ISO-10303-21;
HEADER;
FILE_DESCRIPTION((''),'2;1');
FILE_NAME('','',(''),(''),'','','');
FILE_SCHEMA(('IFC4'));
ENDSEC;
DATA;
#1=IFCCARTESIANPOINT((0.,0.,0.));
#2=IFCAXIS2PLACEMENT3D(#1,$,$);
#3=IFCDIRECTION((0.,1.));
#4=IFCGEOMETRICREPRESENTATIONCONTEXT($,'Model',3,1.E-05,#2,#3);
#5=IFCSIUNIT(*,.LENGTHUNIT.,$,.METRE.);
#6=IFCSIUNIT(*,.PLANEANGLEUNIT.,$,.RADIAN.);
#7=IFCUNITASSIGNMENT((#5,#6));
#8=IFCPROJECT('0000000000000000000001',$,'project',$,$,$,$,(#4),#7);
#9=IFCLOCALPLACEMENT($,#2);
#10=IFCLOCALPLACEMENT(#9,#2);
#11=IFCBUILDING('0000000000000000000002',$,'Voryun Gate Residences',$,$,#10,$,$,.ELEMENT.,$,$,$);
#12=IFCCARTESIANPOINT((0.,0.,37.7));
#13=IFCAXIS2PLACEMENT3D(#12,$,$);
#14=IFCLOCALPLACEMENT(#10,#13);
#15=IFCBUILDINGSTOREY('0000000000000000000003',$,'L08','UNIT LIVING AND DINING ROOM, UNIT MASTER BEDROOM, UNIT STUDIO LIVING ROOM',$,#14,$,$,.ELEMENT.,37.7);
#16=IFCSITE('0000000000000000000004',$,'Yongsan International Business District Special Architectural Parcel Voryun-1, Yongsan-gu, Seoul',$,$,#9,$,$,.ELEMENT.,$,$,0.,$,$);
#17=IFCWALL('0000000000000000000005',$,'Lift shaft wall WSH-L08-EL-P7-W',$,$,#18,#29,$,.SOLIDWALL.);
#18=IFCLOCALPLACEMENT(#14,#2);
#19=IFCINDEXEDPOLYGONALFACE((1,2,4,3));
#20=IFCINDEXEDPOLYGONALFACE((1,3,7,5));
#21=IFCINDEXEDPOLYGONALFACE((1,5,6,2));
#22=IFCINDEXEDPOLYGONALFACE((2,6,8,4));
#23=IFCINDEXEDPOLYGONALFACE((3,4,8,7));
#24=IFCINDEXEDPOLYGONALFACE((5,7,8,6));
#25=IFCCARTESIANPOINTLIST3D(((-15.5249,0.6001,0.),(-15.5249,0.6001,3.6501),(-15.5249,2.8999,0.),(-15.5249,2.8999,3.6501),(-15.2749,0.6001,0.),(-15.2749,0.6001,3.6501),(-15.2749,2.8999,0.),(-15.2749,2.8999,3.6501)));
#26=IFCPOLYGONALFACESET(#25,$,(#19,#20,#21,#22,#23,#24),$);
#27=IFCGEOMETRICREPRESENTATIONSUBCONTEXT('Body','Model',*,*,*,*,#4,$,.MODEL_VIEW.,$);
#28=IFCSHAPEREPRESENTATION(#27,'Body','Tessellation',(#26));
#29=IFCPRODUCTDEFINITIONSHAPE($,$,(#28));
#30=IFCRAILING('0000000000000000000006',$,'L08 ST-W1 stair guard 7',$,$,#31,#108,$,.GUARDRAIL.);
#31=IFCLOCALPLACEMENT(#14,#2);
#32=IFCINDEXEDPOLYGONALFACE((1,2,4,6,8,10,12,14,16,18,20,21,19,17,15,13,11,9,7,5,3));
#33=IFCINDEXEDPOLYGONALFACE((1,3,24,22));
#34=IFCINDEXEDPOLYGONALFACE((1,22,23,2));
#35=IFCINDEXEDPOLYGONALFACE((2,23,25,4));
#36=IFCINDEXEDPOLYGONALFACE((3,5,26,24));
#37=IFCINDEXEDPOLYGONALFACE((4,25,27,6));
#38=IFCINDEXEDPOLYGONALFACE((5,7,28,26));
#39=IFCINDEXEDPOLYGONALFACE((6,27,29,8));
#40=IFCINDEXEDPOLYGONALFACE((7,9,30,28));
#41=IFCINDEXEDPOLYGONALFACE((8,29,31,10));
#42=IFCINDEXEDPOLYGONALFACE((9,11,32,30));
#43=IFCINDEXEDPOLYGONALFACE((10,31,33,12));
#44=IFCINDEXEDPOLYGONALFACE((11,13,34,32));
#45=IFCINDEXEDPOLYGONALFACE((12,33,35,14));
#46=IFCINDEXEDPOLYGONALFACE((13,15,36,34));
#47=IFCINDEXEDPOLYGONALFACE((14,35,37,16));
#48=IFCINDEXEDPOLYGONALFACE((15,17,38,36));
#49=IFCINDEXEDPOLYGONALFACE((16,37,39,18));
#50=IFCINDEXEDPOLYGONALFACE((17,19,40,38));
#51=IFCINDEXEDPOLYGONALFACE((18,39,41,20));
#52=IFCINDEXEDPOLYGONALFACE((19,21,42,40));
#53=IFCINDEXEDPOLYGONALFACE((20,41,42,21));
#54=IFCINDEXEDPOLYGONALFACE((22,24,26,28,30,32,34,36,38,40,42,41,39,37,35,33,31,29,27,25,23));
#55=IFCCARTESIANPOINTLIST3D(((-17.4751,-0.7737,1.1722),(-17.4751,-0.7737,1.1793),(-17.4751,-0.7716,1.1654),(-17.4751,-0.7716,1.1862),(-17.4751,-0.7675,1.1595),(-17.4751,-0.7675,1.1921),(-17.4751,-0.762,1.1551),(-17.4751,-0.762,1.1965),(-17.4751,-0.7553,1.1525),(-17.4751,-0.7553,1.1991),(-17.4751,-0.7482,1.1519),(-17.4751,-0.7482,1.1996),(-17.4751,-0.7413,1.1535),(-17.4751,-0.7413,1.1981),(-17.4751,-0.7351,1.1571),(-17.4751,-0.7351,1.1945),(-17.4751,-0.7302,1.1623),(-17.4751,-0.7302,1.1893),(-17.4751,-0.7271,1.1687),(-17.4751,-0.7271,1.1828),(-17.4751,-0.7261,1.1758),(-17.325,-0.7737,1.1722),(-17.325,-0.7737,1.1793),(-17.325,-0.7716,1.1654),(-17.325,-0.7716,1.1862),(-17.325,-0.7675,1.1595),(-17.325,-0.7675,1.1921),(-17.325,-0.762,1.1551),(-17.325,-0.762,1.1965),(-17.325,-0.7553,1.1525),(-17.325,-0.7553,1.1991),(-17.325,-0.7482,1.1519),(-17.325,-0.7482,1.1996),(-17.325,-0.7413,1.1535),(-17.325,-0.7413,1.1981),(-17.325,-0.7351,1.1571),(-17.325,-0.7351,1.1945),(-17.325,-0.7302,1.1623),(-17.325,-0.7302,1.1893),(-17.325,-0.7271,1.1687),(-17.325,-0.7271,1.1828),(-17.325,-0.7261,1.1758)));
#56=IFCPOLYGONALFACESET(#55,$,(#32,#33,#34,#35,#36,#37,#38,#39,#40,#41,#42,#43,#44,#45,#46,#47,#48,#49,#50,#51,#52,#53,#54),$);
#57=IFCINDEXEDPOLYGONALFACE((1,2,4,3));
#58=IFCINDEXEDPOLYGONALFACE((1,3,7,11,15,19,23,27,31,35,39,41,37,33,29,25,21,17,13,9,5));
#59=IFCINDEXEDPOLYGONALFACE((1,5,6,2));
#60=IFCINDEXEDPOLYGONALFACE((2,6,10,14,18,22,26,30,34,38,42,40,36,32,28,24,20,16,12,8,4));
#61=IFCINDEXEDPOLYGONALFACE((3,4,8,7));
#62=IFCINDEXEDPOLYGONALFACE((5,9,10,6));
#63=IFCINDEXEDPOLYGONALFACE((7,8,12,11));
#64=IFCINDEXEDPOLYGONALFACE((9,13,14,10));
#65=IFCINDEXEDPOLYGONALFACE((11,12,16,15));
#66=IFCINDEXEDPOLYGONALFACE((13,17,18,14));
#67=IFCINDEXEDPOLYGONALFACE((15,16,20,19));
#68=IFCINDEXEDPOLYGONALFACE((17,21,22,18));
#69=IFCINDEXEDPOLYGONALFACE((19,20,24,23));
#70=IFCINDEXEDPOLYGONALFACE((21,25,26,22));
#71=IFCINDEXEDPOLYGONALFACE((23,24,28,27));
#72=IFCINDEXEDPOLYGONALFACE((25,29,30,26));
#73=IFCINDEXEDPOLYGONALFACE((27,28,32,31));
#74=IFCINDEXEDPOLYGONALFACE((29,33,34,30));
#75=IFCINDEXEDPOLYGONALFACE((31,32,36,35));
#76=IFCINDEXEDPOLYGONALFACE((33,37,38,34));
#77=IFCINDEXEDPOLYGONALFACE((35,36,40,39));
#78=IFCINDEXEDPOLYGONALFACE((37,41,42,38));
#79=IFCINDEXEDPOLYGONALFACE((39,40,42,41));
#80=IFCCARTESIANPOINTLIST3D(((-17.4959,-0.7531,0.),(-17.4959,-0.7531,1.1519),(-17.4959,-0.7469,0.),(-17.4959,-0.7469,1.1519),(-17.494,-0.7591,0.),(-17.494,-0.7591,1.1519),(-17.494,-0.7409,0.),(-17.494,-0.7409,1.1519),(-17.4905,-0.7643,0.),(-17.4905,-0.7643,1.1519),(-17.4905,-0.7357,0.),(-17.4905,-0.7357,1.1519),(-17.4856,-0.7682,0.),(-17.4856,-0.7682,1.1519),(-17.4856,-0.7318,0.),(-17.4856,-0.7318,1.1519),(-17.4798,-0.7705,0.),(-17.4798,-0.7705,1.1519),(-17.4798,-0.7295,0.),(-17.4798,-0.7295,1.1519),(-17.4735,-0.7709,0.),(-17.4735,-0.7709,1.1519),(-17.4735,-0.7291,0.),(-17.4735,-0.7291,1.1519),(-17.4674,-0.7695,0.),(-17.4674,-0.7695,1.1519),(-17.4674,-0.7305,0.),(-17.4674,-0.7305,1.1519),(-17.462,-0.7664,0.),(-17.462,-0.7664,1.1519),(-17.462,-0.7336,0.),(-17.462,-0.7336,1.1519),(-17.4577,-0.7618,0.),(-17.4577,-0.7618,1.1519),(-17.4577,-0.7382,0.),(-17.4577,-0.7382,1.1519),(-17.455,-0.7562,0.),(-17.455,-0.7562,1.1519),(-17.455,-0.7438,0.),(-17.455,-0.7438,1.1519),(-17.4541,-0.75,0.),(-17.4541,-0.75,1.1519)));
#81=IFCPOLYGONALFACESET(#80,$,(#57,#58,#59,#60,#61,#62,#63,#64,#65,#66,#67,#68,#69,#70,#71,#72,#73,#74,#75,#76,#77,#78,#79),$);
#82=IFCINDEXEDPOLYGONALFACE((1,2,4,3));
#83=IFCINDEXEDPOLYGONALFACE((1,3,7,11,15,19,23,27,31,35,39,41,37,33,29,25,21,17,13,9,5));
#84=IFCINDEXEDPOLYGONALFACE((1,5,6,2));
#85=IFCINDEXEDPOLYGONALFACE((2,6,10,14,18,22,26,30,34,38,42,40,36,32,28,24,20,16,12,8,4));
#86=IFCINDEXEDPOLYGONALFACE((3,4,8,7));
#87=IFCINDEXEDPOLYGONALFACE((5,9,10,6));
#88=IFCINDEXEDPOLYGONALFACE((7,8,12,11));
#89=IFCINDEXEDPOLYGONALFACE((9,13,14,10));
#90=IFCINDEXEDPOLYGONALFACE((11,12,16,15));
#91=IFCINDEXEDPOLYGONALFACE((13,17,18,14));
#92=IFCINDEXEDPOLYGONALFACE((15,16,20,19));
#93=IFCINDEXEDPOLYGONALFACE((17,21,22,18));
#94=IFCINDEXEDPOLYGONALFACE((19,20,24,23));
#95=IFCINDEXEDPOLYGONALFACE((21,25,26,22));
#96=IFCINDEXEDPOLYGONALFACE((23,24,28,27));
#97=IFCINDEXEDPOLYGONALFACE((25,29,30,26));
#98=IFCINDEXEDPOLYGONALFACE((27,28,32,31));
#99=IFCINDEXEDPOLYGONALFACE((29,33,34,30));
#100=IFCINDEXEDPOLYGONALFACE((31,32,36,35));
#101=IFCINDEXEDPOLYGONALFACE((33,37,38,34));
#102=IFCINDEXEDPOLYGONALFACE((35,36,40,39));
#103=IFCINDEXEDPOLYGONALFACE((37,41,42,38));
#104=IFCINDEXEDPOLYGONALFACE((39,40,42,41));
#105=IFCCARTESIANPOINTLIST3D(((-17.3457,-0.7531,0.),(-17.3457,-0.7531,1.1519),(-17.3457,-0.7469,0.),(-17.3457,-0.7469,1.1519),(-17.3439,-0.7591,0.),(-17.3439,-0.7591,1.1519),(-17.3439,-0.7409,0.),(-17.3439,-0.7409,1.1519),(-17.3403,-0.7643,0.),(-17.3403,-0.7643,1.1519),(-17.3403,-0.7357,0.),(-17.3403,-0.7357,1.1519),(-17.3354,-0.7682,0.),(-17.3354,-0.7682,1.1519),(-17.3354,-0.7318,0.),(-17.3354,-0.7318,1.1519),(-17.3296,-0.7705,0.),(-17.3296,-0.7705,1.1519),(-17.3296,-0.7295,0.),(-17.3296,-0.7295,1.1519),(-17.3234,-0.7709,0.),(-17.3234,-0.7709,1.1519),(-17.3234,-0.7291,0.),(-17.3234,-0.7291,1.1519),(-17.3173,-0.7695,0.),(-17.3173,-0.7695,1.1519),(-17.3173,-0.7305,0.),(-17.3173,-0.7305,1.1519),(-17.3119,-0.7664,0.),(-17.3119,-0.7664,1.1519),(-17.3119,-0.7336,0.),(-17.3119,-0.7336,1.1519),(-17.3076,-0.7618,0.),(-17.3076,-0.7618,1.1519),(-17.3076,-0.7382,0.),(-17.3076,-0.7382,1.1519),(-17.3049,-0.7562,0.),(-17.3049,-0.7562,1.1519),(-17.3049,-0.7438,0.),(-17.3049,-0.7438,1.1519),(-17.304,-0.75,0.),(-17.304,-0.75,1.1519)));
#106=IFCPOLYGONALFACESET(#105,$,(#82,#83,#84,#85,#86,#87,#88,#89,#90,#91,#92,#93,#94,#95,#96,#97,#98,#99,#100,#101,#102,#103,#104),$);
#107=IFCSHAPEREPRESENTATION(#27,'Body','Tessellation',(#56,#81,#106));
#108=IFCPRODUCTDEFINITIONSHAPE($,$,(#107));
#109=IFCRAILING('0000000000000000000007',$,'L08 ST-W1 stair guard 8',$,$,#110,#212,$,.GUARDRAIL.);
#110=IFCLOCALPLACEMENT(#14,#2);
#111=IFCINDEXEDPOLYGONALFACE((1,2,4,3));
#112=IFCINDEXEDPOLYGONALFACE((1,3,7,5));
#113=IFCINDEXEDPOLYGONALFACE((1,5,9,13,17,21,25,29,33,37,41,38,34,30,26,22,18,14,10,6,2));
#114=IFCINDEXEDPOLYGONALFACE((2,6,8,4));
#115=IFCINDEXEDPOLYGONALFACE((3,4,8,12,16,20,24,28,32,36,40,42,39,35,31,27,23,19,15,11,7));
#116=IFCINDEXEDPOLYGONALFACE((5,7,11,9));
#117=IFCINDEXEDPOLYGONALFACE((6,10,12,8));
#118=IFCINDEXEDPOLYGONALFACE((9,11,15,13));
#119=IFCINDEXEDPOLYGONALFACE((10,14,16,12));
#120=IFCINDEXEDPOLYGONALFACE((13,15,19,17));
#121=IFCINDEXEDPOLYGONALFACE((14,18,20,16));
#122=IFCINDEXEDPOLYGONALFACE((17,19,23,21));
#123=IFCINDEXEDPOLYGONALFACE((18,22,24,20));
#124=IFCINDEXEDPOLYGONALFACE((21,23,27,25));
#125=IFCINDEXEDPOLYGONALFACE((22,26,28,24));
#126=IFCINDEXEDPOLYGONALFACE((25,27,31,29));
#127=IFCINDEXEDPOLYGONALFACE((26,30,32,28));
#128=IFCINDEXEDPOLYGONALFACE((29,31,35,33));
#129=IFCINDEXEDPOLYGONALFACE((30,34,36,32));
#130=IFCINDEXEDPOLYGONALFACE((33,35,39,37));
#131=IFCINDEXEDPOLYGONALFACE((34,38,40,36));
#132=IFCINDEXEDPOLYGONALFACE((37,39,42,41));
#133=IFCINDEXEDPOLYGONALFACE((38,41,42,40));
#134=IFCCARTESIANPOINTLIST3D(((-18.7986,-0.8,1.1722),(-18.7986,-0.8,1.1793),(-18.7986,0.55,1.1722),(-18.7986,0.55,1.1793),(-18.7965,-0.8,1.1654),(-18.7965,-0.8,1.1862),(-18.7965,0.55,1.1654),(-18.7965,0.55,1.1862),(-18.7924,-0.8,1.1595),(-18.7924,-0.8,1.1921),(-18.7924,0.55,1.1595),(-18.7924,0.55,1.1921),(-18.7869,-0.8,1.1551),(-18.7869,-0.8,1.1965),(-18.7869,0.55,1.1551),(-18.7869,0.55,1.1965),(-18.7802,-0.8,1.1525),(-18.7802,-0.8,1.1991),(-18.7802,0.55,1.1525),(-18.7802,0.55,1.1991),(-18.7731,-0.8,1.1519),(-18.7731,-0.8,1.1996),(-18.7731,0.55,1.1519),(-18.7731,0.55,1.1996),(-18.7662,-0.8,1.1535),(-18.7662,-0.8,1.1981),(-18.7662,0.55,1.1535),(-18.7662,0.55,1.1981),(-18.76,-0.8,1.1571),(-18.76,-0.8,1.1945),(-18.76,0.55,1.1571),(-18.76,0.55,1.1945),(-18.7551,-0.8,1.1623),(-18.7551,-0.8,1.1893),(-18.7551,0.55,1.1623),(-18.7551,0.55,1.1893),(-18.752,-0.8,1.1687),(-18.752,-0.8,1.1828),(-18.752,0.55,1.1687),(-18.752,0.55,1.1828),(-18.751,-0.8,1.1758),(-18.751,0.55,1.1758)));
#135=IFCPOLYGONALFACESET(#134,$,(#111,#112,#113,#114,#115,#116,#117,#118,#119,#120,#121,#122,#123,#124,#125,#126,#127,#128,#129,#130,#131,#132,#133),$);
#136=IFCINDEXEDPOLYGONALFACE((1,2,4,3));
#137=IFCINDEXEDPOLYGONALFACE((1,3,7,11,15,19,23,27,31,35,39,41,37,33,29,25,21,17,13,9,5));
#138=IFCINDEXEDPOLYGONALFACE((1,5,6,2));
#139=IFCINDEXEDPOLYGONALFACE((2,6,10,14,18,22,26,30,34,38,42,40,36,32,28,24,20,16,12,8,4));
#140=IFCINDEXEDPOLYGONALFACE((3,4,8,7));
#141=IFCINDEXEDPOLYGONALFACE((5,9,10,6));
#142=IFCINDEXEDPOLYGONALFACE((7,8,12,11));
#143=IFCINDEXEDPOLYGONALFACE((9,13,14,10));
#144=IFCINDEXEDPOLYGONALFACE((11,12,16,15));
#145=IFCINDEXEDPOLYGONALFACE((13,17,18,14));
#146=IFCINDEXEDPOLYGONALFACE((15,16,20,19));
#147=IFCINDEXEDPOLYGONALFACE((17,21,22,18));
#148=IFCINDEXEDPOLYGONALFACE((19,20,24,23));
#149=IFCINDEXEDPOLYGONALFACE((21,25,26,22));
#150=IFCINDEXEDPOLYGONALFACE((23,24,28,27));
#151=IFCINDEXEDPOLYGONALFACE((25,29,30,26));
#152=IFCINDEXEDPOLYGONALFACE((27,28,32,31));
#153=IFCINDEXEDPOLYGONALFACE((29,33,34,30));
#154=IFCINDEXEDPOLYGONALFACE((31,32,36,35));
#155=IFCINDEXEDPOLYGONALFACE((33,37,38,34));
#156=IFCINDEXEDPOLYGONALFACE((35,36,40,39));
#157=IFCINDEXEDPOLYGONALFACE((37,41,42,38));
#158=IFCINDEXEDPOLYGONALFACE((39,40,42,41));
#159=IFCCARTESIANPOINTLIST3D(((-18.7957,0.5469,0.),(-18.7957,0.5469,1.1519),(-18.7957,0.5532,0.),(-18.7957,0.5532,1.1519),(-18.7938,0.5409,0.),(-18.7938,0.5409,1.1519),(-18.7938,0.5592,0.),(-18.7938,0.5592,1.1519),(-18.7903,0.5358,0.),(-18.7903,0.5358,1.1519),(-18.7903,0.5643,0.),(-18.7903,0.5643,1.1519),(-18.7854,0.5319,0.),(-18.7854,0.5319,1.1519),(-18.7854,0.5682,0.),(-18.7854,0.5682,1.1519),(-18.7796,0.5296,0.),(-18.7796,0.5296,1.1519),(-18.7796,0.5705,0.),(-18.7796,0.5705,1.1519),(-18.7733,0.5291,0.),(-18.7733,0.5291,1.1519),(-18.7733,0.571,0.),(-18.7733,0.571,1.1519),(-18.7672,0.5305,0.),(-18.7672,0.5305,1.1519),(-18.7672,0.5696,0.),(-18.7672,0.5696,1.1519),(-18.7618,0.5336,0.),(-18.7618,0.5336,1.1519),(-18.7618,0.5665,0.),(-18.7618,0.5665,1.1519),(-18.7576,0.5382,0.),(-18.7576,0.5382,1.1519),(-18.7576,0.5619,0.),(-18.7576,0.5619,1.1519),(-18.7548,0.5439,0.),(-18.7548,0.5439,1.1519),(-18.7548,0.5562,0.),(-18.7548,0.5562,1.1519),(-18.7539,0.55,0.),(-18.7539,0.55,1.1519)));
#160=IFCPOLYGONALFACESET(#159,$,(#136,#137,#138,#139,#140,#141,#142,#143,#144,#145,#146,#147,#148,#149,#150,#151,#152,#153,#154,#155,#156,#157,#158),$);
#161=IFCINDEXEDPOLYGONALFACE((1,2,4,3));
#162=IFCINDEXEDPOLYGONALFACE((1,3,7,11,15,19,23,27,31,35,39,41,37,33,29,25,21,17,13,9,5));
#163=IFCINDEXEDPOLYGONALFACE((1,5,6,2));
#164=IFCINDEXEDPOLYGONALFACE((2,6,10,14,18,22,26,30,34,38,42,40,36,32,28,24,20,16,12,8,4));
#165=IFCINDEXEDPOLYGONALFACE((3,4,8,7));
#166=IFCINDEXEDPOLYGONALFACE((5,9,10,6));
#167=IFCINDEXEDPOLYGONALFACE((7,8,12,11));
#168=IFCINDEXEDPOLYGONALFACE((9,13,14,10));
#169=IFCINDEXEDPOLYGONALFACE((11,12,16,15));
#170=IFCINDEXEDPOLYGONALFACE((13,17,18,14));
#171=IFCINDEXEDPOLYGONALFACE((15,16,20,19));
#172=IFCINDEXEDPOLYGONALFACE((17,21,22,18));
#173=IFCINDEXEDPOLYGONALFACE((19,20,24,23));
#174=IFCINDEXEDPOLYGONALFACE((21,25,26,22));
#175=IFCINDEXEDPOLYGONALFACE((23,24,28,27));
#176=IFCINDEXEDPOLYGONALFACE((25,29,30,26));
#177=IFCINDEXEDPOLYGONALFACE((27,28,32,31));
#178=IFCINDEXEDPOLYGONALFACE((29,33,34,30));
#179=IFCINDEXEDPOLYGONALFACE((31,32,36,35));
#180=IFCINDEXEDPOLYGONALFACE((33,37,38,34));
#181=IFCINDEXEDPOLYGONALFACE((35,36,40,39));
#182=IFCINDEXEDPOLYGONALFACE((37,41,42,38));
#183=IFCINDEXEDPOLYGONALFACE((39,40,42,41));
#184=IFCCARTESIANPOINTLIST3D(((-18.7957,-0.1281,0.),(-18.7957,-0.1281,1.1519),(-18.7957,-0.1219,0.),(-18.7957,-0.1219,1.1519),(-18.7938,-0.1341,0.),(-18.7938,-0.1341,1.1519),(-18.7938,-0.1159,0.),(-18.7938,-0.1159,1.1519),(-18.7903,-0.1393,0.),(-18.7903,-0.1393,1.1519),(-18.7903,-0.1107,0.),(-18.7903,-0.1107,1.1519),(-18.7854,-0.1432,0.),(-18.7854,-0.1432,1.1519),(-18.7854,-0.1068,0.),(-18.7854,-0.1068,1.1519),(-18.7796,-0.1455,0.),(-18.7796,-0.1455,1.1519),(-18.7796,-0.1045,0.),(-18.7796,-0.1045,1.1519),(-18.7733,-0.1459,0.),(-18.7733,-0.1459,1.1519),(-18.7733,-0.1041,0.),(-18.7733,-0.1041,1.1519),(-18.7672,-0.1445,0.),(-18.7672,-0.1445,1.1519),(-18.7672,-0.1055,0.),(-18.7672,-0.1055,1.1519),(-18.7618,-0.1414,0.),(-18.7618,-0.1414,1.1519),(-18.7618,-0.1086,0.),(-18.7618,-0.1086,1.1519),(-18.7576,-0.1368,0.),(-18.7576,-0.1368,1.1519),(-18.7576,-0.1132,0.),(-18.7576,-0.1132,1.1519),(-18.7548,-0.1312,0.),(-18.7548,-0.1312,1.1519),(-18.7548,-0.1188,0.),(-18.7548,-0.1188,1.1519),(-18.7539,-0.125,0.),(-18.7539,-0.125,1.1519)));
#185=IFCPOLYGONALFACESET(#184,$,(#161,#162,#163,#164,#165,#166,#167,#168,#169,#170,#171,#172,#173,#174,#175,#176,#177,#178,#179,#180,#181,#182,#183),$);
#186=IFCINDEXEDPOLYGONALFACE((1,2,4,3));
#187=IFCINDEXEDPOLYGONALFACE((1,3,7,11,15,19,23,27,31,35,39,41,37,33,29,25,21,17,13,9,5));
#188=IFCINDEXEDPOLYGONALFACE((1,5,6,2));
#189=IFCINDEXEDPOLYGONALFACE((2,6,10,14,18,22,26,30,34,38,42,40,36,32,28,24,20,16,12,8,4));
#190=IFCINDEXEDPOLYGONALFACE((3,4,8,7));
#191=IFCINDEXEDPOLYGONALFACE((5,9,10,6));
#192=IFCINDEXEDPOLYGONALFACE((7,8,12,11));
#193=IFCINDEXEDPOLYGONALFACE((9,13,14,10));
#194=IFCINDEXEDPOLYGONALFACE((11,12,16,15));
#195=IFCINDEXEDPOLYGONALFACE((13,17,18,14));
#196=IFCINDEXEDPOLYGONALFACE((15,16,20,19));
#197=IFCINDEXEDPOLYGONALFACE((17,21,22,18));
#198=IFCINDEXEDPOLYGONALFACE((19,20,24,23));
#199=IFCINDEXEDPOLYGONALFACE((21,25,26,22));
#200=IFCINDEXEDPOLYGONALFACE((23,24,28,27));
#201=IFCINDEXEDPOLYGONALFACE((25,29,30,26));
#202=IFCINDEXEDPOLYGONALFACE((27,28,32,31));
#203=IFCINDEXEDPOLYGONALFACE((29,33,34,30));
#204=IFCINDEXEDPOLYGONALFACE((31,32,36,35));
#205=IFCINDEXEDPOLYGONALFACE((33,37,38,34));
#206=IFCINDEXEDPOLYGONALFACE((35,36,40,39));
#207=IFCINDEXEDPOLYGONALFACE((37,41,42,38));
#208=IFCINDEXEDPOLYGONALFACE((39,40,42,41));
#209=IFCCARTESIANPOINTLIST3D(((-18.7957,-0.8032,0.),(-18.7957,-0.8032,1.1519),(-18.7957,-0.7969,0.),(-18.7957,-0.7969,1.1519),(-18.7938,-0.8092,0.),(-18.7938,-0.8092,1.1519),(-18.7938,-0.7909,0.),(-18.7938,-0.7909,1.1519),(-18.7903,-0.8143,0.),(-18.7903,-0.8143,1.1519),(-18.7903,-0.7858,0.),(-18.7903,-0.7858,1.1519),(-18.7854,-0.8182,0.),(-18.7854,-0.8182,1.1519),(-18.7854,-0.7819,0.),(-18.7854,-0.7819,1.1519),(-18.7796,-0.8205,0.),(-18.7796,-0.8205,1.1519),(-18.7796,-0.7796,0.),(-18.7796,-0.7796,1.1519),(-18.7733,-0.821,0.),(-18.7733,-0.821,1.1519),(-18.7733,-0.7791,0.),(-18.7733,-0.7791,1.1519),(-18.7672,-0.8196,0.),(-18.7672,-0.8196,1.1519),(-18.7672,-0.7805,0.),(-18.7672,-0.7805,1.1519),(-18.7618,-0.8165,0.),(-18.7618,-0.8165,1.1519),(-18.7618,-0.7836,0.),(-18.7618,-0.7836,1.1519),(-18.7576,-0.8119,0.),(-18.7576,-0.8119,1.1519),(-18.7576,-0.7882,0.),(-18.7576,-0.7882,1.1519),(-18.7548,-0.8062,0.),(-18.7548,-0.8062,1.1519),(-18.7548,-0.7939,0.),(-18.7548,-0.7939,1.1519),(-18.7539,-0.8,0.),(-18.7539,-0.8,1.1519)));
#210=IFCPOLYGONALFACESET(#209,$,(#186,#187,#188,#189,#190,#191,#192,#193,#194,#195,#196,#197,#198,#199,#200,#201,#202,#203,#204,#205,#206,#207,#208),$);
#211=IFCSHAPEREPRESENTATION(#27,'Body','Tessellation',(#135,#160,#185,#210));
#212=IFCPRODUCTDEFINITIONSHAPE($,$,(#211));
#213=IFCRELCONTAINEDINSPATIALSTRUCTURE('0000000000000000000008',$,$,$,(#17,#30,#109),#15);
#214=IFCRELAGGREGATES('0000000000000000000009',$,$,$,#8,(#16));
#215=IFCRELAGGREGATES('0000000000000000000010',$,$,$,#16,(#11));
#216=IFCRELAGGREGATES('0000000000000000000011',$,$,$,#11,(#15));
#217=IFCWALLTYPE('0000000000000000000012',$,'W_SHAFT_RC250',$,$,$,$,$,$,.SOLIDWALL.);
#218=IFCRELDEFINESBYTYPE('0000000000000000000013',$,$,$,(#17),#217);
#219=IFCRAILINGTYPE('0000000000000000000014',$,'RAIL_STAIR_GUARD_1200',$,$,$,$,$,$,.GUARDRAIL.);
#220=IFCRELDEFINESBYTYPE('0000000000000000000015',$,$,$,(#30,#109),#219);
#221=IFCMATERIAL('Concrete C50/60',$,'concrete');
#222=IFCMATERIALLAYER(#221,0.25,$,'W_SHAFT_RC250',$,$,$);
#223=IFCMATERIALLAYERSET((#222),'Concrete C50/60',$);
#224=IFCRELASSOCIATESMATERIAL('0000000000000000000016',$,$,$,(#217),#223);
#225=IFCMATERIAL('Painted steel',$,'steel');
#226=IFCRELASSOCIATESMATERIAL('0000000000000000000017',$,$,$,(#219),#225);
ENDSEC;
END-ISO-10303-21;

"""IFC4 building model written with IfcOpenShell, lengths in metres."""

from ifc_helpers import new_model, si_unit, direction, frame, frame_2d, origin, origin_2d, place, context, subcontext, project, spatial, rectangle, circle, extrude, material, layer, layer_set, type_object, element, save


model = new_model("IFC4")

# Units and contexts
model_context = context("Model", 3, precision=1e-05, world=origin(), true_north=direction((0.0, 1.0)))
body_context = subcontext(model_context, "Body", "Model", "MODEL_VIEW")
ifc_project = project(units=[si_unit("LENGTHUNIT", "METRE"), si_unit("PLANEANGLEUNIT", "RADIAN")], contexts=[model_context])

# Site, building, storey
site_placement = place(None, origin())
site = spatial("IfcSite", under=ifc_project, at=site_placement, Name="Yongsan International Business District Special Architectural Parcel Voryun-1, Yongsan-gu, Seoul", CompositionType="ELEMENT", RefElevation=0.0)
building_placement = place(site_placement, origin())
building = spatial("IfcBuilding", under=site, at=building_placement, Name="Voryun Gate Residences", CompositionType="ELEMENT")
storey_placement = place(building_placement, frame((0.0, 0.0, 37.7)))
storey = spatial("IfcBuildingStorey", under=building, at=storey_placement, Name="L08", Description="UNIT LIVING AND DINING ROOM, UNIT MASTER BEDROOM, UNIT STUDIO LIVING ROOM", CompositionType="ELEMENT", Elevation=37.7)

# Shared definitions
ifc_material_1 = material(Name="Concrete C50/60", Category="concrete")
ifc_layer_1 = layer(ifc_material_1, 0.25, Name="W_SHAFT_RC250")
ifc_layer_set_1 = layer_set([ifc_layer_1], Name="Concrete C50/60")
wall_type_1 = type_object("IfcWallType", Name="W_SHAFT_RC250", PredefinedType="SOLIDWALL", material=ifc_layer_set_1)

# Wall
wall_1_placement = place(storey_placement, frame((-15.3999, 2.8999, 0.0), z_axis=(0.0, 0.0, 1.0), x_axis=(0.0, -1.0, 0.0)))
element("IfcWall", 1, at=wall_1_placement, inside=storey, type_object=wall_type_1, Name="Lift shaft wall WSH-L08-EL-P7-W", PredefinedType="SOLIDWALL", context=body_context, shape_type="SweptSolid", body=[
    extrude(rectangle(XDim=2.2998, YDim=0.25, at=frame_2d((1.1499, 0.0))), origin(), (0.0, 0.0, 1.0), 3.6501),
])

# Railings
ifc_material_2 = material(Name="Painted steel", Category="steel")
railing_type = type_object("IfcRailingType", Name="RAIL_STAIR_GUARD_1200", PredefinedType="GUARDRAIL", material=ifc_material_2)
railing_placement = place(storey_placement, frame((-17.4751, -0.75, 0.0)))
element("IfcRailing", 2, at=railing_placement, inside=storey, type_object=railing_type, Name="L08 ST-W1 stair guard 7", PredefinedType="GUARDRAIL", context=body_context, shape_type="SweptSolid", body=[
    extrude(circle(Radius=0.0239, at=origin_2d()), frame((0.0, 0.0, 1.1758), z_axis=(1.0, 0.0, 0.0), x_axis=(0.0, 1.0, 0.0)), (0.0, 0.0, 1.0), 0.1501),
    extrude(circle(Radius=0.021, at=origin_2d()), origin(), (0.0, 0.0, 1.0), 1.1519),
    extrude(circle(Radius=0.021, at=origin_2d()), frame((0.1501, 0.0, 0.0)), (0.0, 0.0, 1.0), 1.1519),
])
for number, where, name in (
    (3, (-18.7749, 0.55, 0.0), "L08 ST-W1 stair guard 8"),
):
    element("IfcRailing", number, at=place(storey_placement, frame(where)), inside=storey, type_object=railing_type, Name=name, PredefinedType="GUARDRAIL", context=body_context, shape_type="SweptSolid", body=[
        extrude(circle(Radius=0.0239, at=origin_2d()), frame((0.0, 0.0, 1.1758), z_axis=(0.0, -1.0, 0.0), x_axis=(1.0, 0.0, 0.0)), (0.0, 0.0, 1.0), 1.3501),
        extrude(circle(Radius=0.021, at=origin_2d()), origin(), (0.0, 0.0, 1.0), 1.1519),
        extrude(circle(Radius=0.021, at=origin_2d()), frame((0.0, -0.675, 0.0)), (0.0, 0.0, 1.0), 1.1519),
        extrude(circle(Radius=0.021, at=origin_2d()), frame((0.0, -1.3501, 0.0)), (0.0, 0.0, 1.0), 1.1519),
    ])

save(model, "model.ifc")
